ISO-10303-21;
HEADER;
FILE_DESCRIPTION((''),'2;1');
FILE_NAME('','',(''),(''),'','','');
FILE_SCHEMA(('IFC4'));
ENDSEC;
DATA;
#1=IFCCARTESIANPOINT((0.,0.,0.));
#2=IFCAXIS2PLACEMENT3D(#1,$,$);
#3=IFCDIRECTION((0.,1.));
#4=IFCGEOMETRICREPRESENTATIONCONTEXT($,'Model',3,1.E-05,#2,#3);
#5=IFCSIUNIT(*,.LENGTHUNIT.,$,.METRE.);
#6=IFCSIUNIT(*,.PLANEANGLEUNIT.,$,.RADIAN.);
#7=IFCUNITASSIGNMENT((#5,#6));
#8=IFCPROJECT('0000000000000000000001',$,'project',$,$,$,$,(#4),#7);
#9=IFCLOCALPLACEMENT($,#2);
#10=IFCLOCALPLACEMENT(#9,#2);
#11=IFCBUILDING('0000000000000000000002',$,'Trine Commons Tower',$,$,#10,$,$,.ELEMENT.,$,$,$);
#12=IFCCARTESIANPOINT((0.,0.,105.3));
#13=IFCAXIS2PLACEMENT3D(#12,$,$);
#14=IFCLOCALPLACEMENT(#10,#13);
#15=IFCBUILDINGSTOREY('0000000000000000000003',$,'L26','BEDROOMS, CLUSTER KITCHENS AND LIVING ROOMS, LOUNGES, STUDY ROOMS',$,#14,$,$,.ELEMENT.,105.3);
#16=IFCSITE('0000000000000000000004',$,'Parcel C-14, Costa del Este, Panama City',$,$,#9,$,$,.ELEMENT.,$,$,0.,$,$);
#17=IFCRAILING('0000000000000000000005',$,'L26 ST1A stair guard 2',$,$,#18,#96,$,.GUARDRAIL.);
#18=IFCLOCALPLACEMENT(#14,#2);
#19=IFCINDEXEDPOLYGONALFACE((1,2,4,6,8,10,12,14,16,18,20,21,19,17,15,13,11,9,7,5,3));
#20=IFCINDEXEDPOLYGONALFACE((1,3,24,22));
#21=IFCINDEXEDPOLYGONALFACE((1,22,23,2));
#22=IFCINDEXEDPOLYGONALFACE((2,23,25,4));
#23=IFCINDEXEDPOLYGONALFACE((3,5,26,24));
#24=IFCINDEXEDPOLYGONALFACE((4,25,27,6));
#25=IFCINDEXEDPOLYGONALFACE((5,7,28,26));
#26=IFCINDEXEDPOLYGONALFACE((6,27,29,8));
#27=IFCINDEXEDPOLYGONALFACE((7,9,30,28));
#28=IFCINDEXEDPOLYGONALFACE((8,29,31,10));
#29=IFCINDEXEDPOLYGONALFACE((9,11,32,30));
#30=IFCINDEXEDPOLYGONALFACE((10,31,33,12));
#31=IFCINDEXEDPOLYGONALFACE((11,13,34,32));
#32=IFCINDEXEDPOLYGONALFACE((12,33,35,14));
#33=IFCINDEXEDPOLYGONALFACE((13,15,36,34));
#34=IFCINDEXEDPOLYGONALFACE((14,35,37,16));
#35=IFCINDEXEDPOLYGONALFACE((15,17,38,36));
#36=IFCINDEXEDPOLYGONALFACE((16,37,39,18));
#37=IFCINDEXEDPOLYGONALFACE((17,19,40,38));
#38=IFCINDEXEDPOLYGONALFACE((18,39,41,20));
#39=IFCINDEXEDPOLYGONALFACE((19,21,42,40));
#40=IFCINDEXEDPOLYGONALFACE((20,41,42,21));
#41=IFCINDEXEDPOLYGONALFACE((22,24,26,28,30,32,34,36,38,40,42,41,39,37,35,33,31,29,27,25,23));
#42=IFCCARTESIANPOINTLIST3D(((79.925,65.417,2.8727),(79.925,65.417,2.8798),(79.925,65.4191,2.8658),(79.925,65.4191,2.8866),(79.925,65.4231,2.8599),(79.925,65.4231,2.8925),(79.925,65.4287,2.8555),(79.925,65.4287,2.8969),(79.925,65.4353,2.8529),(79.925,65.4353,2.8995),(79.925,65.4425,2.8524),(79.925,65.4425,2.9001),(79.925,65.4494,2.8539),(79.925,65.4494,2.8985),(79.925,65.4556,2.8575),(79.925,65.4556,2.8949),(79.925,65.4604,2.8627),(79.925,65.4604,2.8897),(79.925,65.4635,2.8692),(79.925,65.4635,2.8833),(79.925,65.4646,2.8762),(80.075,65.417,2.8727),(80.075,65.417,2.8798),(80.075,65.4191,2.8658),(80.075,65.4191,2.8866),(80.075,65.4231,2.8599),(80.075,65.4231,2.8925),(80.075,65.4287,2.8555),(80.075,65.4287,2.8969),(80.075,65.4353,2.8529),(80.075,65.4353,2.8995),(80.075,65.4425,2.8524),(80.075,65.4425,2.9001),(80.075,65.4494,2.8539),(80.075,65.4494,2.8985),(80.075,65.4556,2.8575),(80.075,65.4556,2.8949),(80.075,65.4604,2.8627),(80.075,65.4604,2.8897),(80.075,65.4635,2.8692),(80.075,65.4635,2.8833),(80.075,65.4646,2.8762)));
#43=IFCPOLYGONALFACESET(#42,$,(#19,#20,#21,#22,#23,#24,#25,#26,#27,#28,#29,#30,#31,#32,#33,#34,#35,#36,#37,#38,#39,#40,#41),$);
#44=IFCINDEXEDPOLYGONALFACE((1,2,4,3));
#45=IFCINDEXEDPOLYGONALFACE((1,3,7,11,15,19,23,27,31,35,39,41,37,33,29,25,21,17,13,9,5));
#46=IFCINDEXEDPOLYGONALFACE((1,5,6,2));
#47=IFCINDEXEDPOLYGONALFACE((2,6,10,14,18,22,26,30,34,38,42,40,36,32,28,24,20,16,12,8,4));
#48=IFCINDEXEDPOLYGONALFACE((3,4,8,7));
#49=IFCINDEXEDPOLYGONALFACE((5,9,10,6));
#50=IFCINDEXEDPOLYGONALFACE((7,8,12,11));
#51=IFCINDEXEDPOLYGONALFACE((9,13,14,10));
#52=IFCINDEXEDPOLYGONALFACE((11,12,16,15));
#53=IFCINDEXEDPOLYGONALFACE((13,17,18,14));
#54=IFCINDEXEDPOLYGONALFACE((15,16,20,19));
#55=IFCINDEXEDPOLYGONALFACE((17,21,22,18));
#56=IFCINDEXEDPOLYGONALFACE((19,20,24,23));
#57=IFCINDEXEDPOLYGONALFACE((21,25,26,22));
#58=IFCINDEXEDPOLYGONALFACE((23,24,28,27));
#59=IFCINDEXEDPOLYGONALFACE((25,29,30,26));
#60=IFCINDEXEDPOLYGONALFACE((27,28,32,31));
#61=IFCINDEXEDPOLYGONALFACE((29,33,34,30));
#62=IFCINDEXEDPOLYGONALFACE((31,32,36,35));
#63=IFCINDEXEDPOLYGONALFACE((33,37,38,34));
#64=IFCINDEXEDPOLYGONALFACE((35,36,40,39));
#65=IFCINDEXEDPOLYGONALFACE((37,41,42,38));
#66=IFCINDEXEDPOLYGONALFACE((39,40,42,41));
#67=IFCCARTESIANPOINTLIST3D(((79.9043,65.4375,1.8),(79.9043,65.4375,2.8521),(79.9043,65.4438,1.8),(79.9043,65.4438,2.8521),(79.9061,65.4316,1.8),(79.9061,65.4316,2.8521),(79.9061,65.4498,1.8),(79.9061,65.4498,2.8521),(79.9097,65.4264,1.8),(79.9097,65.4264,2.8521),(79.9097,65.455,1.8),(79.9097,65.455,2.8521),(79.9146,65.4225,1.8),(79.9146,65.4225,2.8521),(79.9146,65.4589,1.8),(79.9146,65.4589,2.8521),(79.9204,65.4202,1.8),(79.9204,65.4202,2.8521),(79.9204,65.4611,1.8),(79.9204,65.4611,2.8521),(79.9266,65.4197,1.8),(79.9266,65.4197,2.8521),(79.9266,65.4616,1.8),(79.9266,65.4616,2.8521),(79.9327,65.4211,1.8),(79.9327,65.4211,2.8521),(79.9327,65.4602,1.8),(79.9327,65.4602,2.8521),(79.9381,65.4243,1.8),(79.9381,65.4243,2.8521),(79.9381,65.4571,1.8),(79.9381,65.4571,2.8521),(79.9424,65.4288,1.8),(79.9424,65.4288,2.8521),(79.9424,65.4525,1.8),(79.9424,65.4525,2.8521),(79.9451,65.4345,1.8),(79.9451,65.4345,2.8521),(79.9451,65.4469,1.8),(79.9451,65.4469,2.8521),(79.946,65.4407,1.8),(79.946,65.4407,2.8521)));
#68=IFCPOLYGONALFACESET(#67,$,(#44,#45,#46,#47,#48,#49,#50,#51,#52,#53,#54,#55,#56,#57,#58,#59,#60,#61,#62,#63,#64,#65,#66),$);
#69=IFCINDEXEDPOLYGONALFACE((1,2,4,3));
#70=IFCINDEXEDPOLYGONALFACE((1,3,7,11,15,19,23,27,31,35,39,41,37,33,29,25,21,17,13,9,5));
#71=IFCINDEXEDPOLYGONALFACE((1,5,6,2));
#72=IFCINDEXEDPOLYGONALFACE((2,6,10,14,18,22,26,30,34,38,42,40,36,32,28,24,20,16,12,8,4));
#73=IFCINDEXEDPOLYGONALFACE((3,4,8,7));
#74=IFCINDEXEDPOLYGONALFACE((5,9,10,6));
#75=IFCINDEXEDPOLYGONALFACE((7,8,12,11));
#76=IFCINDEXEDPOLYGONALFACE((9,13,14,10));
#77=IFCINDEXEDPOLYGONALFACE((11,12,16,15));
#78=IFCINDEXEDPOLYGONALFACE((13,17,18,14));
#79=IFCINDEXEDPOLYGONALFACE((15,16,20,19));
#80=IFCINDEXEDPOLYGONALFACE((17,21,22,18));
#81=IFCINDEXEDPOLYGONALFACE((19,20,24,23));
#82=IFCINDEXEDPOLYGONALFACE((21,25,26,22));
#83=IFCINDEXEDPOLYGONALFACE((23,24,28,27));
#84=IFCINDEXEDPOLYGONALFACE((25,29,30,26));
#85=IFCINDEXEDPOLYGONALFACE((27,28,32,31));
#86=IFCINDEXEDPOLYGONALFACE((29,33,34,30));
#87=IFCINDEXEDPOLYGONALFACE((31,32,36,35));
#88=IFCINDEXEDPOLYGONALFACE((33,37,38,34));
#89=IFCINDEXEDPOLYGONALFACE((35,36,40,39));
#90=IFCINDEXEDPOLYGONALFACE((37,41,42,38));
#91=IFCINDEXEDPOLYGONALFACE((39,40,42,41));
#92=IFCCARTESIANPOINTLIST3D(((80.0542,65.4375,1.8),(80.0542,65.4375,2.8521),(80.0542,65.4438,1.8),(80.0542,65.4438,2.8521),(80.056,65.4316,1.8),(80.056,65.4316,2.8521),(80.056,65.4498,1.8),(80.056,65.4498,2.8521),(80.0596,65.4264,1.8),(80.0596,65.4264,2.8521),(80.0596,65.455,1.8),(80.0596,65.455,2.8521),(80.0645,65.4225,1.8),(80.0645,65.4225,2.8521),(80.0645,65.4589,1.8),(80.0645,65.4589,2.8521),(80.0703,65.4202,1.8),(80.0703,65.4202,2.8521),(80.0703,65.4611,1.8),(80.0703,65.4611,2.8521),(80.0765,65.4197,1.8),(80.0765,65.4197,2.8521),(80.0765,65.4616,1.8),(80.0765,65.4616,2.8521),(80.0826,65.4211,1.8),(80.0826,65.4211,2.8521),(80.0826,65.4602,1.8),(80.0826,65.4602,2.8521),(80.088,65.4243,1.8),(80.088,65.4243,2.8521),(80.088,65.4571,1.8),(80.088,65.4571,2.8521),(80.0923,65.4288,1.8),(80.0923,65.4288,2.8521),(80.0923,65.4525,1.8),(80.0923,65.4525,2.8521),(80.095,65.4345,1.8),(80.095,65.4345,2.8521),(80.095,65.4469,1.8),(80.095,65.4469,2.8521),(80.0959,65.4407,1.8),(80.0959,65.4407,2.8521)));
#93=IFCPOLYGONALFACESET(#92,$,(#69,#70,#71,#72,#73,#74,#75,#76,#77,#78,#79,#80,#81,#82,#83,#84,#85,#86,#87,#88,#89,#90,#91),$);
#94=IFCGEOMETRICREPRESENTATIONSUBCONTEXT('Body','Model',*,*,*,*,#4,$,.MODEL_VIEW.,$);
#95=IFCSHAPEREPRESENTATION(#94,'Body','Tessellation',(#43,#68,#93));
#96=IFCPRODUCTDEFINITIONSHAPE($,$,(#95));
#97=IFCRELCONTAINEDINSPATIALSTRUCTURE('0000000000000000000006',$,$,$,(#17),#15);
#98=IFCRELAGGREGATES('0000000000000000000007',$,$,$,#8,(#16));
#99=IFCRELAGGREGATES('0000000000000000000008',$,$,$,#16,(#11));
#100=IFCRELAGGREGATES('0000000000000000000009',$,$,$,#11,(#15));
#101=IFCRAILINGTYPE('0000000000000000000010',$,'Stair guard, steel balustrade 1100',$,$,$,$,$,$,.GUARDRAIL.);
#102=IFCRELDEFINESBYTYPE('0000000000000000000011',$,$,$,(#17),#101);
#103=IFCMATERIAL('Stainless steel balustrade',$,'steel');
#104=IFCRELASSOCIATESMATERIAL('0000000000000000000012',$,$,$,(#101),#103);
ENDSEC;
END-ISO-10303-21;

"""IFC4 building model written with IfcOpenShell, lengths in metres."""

from ifc_helpers import new_model, si_unit, direction, frame, origin, origin_2d, place, context, subcontext, project, spatial, circle, extrude, material, type_object, element, save


model = new_model("IFC4")

# Units and contexts
model_context = context("Model", 3, precision=1e-05, world=origin(), true_north=direction((0.0, 1.0)))
body_context = subcontext(model_context, "Body", "Model", "MODEL_VIEW")
ifc_project = project(units=[si_unit("LENGTHUNIT", "METRE"), si_unit("PLANEANGLEUNIT", "RADIAN")], contexts=[model_context])

# Site, building, storey
site_placement = place(None, origin())
site = spatial("IfcSite", under=ifc_project, at=site_placement, Name="Parcel C-14, Costa del Este, Panama City", CompositionType="ELEMENT", RefElevation=0.0)
building_placement = place(site_placement, origin())
building = spatial("IfcBuilding", under=site, at=building_placement, Name="Trine Commons Tower", CompositionType="ELEMENT")
storey_placement = place(building_placement, frame((0.0, 0.0, 105.3)))
storey = spatial("IfcBuildingStorey", under=building, at=storey_placement, Name="L26", Description="BEDROOMS, CLUSTER KITCHENS AND LIVING ROOMS, LOUNGES, STUDY ROOMS", CompositionType="ELEMENT", Elevation=105.3)

# Railing
ifc_material_1 = material(Name="Stainless steel balustrade", Category="steel")
railing_type_1 = type_object("IfcRailingType", Name="Stair guard, steel balustrade 1100", PredefinedType="GUARDRAIL", material=ifc_material_1)
railing_1_placement = place(storey_placement, frame((79.925, 65.4407, 1.8)))
element("IfcRailing", 1, at=railing_1_placement, inside=storey, type_object=railing_type_1, Name="L26 ST1A stair guard 2", PredefinedType="GUARDRAIL", context=body_context, shape_type="SweptSolid", body=[
    extrude(circle(Radius=0.0239, at=origin_2d()), frame((0.0, 0.0, 1.0762), z_axis=(1.0, 0.0, 0.0), x_axis=(0.0, 1.0, 0.0)), (0.0, 0.0, 1.0), 0.1499),
    extrude(circle(Radius=0.021, at=origin_2d()), origin(), (0.0, 0.0, 1.0), 1.052),
    extrude(circle(Radius=0.021, at=origin_2d()), frame((0.1499, 0.0, 0.0)), (0.0, 0.0, 1.0), 1.052),
])

save(model, "model.ifc")
